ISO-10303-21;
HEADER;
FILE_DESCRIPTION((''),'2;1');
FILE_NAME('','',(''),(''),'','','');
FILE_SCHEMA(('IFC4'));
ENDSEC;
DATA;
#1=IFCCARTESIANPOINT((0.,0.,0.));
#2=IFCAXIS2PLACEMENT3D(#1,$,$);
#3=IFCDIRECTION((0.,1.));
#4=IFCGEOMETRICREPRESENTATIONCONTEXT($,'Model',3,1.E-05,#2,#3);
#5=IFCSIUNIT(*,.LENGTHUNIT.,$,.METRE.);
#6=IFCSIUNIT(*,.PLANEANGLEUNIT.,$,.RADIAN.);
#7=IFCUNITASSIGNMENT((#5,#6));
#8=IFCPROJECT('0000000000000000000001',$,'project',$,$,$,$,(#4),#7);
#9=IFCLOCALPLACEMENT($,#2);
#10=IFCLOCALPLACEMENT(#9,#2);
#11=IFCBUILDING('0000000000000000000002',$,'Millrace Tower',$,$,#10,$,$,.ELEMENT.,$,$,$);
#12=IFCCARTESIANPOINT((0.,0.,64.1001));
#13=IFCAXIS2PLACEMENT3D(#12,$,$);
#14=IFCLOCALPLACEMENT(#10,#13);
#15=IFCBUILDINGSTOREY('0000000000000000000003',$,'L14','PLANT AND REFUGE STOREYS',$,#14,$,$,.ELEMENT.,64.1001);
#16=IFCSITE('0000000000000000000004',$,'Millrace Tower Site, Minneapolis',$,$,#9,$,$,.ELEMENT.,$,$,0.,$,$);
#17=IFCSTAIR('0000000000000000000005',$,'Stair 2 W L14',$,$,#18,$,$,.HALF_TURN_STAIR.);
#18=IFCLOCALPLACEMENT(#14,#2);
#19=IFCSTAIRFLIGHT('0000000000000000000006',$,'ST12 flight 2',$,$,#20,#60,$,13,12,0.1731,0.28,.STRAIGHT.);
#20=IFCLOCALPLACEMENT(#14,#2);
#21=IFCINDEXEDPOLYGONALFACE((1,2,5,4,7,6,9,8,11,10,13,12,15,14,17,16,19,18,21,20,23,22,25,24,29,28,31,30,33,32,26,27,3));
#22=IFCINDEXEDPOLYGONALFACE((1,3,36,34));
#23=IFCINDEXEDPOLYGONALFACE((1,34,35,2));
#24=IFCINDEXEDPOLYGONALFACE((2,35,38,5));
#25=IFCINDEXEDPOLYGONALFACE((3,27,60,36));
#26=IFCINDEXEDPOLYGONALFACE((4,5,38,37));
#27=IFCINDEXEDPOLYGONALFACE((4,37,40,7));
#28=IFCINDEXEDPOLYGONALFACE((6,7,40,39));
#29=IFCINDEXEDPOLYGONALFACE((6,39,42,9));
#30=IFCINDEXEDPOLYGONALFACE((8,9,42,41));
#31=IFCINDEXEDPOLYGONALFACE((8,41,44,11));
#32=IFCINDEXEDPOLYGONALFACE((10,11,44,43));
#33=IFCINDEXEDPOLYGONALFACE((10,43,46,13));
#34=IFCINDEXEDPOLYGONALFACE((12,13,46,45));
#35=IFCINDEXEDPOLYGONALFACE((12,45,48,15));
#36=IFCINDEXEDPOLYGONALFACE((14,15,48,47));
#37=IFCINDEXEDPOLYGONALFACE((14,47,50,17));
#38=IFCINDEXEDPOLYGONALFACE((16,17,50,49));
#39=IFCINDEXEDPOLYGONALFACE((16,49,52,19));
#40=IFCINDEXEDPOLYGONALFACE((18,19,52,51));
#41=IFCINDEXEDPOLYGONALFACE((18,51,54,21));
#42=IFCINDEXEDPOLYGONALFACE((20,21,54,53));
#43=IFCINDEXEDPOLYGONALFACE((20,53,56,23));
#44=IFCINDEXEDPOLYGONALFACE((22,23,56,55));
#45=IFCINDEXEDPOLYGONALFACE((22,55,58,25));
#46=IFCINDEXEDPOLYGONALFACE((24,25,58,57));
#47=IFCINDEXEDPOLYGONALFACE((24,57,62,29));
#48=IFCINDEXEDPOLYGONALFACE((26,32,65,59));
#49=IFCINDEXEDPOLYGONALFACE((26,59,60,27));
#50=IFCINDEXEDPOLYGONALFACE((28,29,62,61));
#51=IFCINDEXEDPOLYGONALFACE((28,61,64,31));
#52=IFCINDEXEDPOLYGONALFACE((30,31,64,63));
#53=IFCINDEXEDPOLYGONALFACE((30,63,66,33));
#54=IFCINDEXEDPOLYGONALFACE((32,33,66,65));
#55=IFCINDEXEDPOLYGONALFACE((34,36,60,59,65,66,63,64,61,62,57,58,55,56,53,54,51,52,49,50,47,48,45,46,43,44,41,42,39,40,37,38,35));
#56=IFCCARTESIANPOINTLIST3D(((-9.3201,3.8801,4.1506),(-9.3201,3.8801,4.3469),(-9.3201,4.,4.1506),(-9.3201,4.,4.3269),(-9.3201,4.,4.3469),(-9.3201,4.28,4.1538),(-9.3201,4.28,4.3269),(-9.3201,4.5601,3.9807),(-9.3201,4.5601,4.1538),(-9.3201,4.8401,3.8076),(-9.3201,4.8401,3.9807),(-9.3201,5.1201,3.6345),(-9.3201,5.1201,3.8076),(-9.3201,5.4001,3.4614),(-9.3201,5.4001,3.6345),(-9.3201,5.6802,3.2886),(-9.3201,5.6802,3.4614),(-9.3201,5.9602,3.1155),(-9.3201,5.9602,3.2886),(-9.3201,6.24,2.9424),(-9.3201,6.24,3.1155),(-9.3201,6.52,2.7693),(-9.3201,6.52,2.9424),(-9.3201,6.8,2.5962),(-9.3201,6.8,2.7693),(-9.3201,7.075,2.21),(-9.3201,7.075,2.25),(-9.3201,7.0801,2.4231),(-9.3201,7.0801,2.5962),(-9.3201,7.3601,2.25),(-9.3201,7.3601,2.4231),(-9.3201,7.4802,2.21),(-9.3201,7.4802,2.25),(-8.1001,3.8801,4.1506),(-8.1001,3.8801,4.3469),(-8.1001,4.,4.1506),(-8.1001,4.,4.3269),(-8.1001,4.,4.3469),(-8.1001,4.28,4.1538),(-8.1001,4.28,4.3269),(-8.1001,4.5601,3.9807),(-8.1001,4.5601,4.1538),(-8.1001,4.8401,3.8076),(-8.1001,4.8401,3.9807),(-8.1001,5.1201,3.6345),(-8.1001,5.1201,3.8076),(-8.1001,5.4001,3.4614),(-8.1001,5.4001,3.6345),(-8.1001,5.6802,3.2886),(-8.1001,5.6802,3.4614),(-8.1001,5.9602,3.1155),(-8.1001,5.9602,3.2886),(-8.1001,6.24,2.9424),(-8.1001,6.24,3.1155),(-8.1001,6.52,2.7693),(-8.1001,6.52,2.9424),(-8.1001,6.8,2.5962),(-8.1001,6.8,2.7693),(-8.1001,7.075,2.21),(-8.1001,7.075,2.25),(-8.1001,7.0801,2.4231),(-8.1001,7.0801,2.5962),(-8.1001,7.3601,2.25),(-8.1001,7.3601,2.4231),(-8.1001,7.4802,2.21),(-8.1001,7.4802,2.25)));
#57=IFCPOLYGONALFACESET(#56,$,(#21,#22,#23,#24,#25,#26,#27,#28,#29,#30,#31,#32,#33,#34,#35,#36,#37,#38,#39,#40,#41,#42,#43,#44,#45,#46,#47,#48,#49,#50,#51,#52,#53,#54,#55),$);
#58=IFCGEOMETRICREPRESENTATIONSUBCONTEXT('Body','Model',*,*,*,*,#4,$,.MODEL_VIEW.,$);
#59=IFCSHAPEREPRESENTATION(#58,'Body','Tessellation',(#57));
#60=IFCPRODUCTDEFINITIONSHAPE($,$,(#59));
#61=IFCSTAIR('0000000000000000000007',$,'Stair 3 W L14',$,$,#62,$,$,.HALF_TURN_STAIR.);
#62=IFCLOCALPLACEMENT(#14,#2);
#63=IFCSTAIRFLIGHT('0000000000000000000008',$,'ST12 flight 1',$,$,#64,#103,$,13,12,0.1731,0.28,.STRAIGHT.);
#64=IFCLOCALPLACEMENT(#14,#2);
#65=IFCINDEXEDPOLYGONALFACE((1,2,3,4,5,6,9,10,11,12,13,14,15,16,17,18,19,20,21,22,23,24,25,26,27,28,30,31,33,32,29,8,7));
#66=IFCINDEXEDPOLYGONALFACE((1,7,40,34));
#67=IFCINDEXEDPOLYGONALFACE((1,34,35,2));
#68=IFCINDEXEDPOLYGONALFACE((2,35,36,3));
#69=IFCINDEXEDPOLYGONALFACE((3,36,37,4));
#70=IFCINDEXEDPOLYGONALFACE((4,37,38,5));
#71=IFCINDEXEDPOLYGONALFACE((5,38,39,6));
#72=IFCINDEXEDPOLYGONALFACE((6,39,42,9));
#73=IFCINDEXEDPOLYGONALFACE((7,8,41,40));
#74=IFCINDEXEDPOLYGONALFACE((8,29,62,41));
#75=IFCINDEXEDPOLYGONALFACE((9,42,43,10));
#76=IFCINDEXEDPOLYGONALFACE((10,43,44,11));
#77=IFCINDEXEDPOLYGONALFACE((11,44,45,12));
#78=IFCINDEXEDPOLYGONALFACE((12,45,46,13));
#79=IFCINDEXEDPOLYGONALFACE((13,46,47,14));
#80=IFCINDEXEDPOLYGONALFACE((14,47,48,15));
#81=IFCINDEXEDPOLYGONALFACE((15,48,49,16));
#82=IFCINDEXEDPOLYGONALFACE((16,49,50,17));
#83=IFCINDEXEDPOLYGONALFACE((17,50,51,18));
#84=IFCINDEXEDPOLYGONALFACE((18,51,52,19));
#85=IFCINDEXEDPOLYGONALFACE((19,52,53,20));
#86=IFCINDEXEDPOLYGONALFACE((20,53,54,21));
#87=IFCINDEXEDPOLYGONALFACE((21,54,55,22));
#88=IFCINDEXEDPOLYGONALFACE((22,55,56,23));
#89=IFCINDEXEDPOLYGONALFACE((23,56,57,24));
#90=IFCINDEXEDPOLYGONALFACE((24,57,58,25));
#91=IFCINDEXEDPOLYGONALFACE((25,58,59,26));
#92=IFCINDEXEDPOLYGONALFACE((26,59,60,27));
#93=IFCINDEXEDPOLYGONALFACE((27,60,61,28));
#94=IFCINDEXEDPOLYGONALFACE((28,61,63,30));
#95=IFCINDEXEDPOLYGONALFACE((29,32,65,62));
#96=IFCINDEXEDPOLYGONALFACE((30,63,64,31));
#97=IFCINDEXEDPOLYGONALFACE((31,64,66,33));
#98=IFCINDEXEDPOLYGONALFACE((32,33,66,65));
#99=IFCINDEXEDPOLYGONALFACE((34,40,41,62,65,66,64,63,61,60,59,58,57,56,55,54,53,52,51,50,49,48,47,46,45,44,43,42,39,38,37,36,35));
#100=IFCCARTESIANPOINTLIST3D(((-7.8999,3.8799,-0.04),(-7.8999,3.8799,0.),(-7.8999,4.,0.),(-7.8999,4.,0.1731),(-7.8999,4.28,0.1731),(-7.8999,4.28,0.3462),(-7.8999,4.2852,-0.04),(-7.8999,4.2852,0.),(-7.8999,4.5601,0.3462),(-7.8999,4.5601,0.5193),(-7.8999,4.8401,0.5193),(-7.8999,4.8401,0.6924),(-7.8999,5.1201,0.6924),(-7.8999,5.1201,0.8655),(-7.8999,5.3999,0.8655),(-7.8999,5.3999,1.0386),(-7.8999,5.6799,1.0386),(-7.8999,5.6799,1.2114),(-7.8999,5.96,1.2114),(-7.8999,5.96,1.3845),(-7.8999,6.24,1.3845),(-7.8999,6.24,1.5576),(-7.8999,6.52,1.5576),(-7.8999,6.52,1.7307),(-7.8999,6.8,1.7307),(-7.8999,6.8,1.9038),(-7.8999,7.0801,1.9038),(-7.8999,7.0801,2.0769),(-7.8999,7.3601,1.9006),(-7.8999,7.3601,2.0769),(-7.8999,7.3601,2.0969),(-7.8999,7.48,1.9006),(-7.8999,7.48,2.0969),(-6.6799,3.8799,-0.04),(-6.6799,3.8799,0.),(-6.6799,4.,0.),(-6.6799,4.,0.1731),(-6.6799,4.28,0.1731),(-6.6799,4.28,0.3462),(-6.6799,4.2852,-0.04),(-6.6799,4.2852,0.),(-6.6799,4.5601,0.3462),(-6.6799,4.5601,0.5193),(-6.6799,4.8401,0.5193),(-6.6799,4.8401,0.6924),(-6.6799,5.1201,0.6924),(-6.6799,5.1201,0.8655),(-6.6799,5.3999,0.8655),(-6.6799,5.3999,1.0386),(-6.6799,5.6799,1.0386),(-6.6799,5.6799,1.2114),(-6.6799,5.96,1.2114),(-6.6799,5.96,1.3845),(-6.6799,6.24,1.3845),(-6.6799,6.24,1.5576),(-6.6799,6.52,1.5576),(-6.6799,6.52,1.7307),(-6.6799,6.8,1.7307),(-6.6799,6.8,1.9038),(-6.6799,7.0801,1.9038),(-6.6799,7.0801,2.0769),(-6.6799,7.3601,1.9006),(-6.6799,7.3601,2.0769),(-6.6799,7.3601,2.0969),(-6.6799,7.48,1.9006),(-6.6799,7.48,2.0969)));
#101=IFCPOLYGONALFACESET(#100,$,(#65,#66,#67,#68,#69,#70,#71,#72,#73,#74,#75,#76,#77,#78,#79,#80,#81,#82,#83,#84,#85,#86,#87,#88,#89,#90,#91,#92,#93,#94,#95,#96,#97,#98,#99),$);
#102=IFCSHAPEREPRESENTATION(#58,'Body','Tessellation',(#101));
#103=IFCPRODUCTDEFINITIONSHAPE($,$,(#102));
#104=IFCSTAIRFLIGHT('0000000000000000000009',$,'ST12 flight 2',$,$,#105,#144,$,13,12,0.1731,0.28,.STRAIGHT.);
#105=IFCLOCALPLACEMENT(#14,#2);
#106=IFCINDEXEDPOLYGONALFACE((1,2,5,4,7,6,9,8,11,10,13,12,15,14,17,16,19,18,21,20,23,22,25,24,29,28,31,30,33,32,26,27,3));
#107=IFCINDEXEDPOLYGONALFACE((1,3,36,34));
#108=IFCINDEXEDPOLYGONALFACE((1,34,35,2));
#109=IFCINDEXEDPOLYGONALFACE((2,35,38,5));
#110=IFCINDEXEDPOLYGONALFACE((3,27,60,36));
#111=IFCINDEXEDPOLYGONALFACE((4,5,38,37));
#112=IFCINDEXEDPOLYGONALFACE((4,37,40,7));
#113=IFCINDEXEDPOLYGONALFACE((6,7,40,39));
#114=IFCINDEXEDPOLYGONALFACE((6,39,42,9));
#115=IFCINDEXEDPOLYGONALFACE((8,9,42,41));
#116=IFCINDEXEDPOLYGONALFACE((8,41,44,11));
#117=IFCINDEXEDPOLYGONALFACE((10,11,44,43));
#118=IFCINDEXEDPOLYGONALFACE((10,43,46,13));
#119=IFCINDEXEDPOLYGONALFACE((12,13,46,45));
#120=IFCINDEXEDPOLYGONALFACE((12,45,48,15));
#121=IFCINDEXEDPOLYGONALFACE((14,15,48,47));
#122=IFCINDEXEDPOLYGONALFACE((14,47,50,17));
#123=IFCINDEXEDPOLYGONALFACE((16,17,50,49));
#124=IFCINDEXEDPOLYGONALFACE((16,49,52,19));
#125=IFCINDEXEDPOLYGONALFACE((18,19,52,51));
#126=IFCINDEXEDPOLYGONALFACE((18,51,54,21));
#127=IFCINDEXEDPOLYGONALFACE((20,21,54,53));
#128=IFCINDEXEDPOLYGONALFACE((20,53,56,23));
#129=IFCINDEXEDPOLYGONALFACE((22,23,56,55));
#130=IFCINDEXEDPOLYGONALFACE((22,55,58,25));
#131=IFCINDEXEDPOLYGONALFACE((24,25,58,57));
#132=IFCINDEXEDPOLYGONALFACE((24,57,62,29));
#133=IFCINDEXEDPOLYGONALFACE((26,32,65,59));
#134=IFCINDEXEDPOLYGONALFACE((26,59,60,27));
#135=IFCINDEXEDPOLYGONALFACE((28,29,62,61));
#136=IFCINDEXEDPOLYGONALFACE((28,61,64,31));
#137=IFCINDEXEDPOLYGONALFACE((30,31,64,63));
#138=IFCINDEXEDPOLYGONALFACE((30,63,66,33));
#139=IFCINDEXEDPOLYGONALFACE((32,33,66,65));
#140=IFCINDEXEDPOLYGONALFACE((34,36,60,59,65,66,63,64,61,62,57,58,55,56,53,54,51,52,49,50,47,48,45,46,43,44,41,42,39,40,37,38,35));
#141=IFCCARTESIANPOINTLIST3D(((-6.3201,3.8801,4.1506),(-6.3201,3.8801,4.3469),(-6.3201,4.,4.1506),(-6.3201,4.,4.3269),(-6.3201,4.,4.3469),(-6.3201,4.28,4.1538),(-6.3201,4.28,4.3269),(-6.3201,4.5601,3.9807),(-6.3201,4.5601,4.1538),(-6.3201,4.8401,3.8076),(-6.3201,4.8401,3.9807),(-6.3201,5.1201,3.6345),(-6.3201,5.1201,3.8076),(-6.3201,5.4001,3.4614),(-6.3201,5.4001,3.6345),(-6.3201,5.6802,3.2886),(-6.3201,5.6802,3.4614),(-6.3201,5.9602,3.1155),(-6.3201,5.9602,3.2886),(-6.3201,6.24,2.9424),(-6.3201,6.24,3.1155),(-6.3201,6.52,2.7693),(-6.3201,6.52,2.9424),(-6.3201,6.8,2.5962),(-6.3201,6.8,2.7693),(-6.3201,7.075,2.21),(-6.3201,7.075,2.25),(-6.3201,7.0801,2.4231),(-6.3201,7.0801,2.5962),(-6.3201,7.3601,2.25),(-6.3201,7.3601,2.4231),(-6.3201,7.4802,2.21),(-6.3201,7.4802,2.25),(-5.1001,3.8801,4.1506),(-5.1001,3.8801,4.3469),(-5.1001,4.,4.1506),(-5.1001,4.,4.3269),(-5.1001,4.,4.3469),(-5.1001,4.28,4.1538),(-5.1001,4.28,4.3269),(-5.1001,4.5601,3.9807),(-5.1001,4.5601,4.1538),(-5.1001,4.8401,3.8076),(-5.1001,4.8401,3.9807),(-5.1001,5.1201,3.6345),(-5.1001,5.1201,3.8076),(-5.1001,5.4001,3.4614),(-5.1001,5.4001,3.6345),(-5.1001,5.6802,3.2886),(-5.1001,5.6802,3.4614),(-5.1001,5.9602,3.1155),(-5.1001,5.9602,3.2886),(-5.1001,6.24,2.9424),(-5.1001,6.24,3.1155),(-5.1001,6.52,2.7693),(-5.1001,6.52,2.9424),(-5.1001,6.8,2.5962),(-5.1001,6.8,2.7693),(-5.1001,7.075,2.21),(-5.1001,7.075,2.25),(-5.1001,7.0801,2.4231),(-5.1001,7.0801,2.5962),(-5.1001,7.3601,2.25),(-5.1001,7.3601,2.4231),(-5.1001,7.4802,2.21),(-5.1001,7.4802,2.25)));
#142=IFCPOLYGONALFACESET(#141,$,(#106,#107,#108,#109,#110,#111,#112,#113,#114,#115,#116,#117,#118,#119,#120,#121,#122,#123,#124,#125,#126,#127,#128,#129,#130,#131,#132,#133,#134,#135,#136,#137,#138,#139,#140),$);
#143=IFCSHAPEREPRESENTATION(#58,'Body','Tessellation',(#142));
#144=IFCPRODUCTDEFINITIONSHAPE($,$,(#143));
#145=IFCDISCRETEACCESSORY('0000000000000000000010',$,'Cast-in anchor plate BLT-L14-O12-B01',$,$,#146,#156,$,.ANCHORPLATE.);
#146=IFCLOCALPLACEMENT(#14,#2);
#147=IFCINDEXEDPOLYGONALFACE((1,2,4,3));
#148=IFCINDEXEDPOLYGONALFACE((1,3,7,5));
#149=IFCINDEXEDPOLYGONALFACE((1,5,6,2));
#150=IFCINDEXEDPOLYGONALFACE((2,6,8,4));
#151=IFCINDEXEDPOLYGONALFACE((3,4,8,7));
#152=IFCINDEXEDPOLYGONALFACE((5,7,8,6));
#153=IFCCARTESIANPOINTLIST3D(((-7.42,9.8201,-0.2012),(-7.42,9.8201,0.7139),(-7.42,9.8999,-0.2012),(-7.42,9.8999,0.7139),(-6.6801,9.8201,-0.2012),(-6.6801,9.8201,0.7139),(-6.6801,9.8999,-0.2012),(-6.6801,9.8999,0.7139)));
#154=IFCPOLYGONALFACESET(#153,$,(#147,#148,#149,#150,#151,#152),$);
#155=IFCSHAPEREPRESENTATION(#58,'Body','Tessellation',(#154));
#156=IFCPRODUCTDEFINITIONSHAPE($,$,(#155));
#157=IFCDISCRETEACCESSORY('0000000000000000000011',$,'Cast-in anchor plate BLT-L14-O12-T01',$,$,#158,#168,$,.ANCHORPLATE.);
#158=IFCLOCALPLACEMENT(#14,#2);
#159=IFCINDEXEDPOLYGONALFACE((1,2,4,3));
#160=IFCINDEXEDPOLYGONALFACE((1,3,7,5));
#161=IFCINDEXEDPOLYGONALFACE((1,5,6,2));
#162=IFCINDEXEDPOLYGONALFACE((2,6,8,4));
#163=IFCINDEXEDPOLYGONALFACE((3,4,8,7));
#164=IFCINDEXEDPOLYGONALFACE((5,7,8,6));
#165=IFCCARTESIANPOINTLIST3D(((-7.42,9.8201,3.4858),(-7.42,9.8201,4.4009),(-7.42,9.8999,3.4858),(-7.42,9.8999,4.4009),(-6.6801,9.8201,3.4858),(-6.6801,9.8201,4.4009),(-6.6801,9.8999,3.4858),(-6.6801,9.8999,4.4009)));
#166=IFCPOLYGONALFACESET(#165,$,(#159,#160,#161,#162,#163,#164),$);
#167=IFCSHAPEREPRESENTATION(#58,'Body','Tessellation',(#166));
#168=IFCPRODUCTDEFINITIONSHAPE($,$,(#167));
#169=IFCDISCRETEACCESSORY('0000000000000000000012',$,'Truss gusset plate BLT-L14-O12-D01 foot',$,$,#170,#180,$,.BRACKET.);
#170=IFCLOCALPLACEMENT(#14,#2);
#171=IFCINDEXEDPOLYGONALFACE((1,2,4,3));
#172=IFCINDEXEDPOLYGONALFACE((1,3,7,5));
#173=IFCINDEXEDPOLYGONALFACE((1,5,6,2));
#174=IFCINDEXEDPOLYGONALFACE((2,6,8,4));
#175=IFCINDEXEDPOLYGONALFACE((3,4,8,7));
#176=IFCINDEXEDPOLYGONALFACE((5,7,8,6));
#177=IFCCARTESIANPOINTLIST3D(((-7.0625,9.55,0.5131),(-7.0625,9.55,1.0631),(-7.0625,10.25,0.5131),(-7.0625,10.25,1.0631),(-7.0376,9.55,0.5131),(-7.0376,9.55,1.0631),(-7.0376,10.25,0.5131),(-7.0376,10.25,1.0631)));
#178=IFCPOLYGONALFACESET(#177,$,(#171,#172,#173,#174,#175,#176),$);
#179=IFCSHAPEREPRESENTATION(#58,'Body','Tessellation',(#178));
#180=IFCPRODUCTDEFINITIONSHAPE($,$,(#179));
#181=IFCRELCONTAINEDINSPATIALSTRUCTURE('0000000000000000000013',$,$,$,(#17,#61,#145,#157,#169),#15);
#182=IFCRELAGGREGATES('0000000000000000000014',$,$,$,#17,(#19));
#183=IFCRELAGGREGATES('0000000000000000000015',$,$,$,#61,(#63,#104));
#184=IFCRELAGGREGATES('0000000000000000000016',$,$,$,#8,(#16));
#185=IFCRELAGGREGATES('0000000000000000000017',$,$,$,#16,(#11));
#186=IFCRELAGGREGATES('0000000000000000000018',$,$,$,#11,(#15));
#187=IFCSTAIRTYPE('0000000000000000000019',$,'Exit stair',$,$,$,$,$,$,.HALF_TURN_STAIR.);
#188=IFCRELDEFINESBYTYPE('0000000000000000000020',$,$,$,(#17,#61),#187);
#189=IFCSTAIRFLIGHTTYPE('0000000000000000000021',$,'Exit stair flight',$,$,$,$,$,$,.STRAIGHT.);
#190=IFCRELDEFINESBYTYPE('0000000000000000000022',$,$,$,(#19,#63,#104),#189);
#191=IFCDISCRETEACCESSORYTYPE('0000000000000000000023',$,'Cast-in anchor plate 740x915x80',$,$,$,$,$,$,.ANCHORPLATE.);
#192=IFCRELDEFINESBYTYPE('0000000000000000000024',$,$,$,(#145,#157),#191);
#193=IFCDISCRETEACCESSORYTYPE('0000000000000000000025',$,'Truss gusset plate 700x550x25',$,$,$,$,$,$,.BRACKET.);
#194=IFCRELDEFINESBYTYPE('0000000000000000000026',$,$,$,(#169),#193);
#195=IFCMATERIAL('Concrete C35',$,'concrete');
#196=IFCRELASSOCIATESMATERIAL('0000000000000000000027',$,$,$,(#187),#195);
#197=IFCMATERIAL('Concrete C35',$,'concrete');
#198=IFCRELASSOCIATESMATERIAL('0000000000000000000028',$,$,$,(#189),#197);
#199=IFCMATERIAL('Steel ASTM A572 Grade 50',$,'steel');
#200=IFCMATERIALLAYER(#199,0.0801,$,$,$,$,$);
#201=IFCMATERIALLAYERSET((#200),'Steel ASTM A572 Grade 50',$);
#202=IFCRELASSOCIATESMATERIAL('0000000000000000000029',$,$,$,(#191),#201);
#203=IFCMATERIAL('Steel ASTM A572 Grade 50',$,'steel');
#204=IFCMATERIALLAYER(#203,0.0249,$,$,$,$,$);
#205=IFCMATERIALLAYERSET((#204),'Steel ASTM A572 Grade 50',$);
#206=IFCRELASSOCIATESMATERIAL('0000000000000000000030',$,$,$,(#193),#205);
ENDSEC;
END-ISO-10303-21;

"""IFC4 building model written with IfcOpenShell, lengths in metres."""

from ifc_helpers import new_model, si_unit, direction, frame, origin, origin_2d, place, context, subcontext, project, spatial, polyline, rectangle, outline, extrude, material, layer, layer_set, type_object, element, aggregate, save


model = new_model("IFC4")

# Units and contexts
model_context = context("Model", 3, precision=1e-05, world=origin(), true_north=direction((0.0, 1.0)))
body_context = subcontext(model_context, "Body", "Model", "MODEL_VIEW")
ifc_project = project(units=[si_unit("LENGTHUNIT", "METRE"), si_unit("PLANEANGLEUNIT", "RADIAN")], contexts=[model_context])

# Site, building, storey
site_placement = place(None, origin())
site = spatial("IfcSite", under=ifc_project, at=site_placement, Name="Millrace Tower Site, Minneapolis", CompositionType="ELEMENT", RefElevation=0.0)
building_placement = place(site_placement, origin())
building = spatial("IfcBuilding", under=site, at=building_placement, Name="Millrace Tower", CompositionType="ELEMENT")
storey_placement = place(building_placement, frame((0.0, 0.0, 64.1001)))
storey = spatial("IfcBuildingStorey", under=building, at=storey_placement, Name="L14", Description="PLANT AND REFUGE STOREYS", CompositionType="ELEMENT", Elevation=64.1001)

# Shared definitions
placement = place(storey_placement, origin())

# Stairs, stair flights
ifc_material_1 = material(Name="Concrete C35", Category="concrete")
stair_type = type_object("IfcStairType", Name="Exit stair", PredefinedType="HALF_TURN_STAIR", material=ifc_material_1)
stair_1 = element("IfcStair", 1, at=placement, inside=storey, type_object=stair_type, Name="Stair 2 W L14", PredefinedType="HALF_TURN_STAIR")
ifc_material_2 = material(Name="Concrete C35", Category="concrete")
stair_flight_type = type_object("IfcStairFlightType", Name="Exit stair flight", PredefinedType="STRAIGHT", material=ifc_material_2)
stair_flight_1_placement = place(storey_placement, frame((-8.71, 7.3601, 2.25), z_axis=(0.0, 0.0, 1.0), x_axis=(0.0, -1.0, 0.0)))
stair_flight_1 = element("IfcStairFlight", 2, at=stair_flight_1_placement, type_object=stair_flight_type, Name="ST12 flight 2", NumberOfRisers=13, NumberOfTreads=12, PredefinedType="STRAIGHT", RiserHeight=0.1731, TreadLength=0.28, context=body_context, shape_type="SweptSolid", body=[
    extrude(outline(polyline([(-0.1201, -0.04), (-0.1201, 0.0), (0.0, 0.0), (0.0, 0.1731), (0.28, 0.1731), (0.28, 0.3462), (0.5601, 0.3462), (0.5601, 0.5193), (0.8401, 0.5193), (0.8401, 0.6924), (1.1201, 0.6924), (1.1201, 0.8655), (1.3999, 0.8655), (1.3999, 1.0386), (1.6799, 1.0386), (1.6799, 1.2114), (1.96, 1.2114), (1.96, 1.3845), (2.24, 1.3845), (2.24, 1.5576), (2.52, 1.5576), (2.52, 1.7307), (2.8, 1.7307), (2.8, 1.9038), (3.0801, 1.9038), (3.0801, 2.0769), (3.3601, 2.0769), (3.3601, 2.0969), (3.48, 2.0969), (3.48, 1.9006), (3.3601, 1.9006), (0.2852, 0.0), (0.2852, -0.04), (-0.1201, -0.04)])), frame((0.0, 0.6099, 0.0), z_axis=(0.0, -1.0, 0.0), x_axis=(1.0, 0.0, 0.0)), (0.0, 0.0, 1.0), 1.22),
])
aggregate(stair_1, [stair_flight_1])
stair_2 = element("IfcStair", 3, at=placement, inside=storey, type_object=stair_type, Name="Stair 3 W L14", PredefinedType="HALF_TURN_STAIR")
stair_flight_2_placement = place(storey_placement, frame((-7.29, 4.0, 0.0), z_axis=(0.0, 0.0, 1.0), x_axis=(0.0, 1.0, 0.0)))
stair_flight_2 = element("IfcStairFlight", 4, at=stair_flight_2_placement, type_object=stair_flight_type, Name="ST12 flight 1", NumberOfRisers=13, NumberOfTreads=12, PredefinedType="STRAIGHT", RiserHeight=0.1731, TreadLength=0.28, context=body_context, shape_type="SweptSolid", body=[
    extrude(outline(polyline([(-0.1201, -0.04), (-0.1201, 0.0), (0.0, 0.0), (0.0, 0.1731), (0.28, 0.1731), (0.28, 0.3462), (0.5601, 0.3462), (0.5601, 0.5193), (0.8401, 0.5193), (0.8401, 0.6924), (1.1201, 0.6924), (1.1201, 0.8655), (1.3999, 0.8655), (1.3999, 1.0386), (1.6799, 1.0386), (1.6799, 1.2114), (1.96, 1.2114), (1.96, 1.3845), (2.24, 1.3845), (2.24, 1.5576), (2.52, 1.5576), (2.52, 1.7307), (2.8, 1.7307), (2.8, 1.9038), (3.0801, 1.9038), (3.0801, 2.0769), (3.3601, 2.0769), (3.3601, 2.0969), (3.48, 2.0969), (3.48, 1.9006), (3.3601, 1.9006), (0.2852, 0.0), (0.2852, -0.04), (-0.1201, -0.04)])), frame((0.0, 0.6099, 0.0), z_axis=(0.0, -1.0, 0.0), x_axis=(1.0, 0.0, 0.0)), (0.0, 0.0, 1.0), 1.22),
])
stair_flight_3_placement = place(storey_placement, frame((-5.71, 7.3601, 2.25), z_axis=(0.0, 0.0, 1.0), x_axis=(0.0, -1.0, 0.0)))
stair_flight_3 = element("IfcStairFlight", 5, at=stair_flight_3_placement, type_object=stair_flight_type, Name="ST12 flight 2", NumberOfRisers=13, NumberOfTreads=12, PredefinedType="STRAIGHT", RiserHeight=0.1731, TreadLength=0.28, context=body_context, shape_type="SweptSolid", body=[
    extrude(outline(polyline([(-0.1201, -0.04), (-0.1201, 0.0), (0.0, 0.0), (0.0, 0.1731), (0.28, 0.1731), (0.28, 0.3462), (0.5601, 0.3462), (0.5601, 0.5193), (0.8401, 0.5193), (0.8401, 0.6924), (1.1201, 0.6924), (1.1201, 0.8655), (1.3999, 0.8655), (1.3999, 1.0386), (1.6799, 1.0386), (1.6799, 1.2114), (1.96, 1.2114), (1.96, 1.3845), (2.24, 1.3845), (2.24, 1.5576), (2.52, 1.5576), (2.52, 1.7307), (2.8, 1.7307), (2.8, 1.9038), (3.0801, 1.9038), (3.0801, 2.0769), (3.3601, 2.0769), (3.3601, 2.0969), (3.48, 2.0969), (3.48, 1.9006), (3.3601, 1.9006), (0.2852, 0.0), (0.2852, -0.04), (-0.1201, -0.04)])), frame((0.0, 0.6099, 0.0), z_axis=(0.0, -1.0, 0.0), x_axis=(1.0, 0.0, 0.0)), (0.0, 0.0, 1.0), 1.22),
])
aggregate(stair_2, [stair_flight_2, stair_flight_3])

# Discrete accessories
ifc_material_3 = material(Name="Steel ASTM A572 Grade 50", Category="steel")
ifc_layer_1 = layer(ifc_material_3, 0.0801)
ifc_layer_set_1 = layer_set([ifc_layer_1], Name="Steel ASTM A572 Grade 50")
discrete_accessory_type_1 = type_object("IfcDiscreteAccessoryType", Name="Cast-in anchor plate 740x915x80", PredefinedType="ANCHORPLATE", material=ifc_layer_set_1)
for number, where, z_axis, x_axis, name in (
    (6, (-7.05, 9.8201, 0.2563), (0.0, 1.0, 0.0), (-1.0, 0.0, 0.0), "Cast-in anchor plate BLT-L14-O12-B01"),
    (7, (-7.05, 9.8201, 3.9434), (0.0, 1.0, 0.0), (-1.0, 0.0, 0.0), "Cast-in anchor plate BLT-L14-O12-T01"),
):
    element("IfcDiscreteAccessory", number, at=place(storey_placement, frame(where, z_axis=z_axis, x_axis=x_axis)), inside=storey, type_object=discrete_accessory_type_1, Name=name, PredefinedType="ANCHORPLATE", context=body_context, shape_type="SweptSolid", body=[
        extrude(rectangle(XDim=0.74, YDim=0.915, at=origin_2d()), origin(), (0.0, 0.0, 1.0), 0.0798),
    ])
ifc_material_4 = material(Name="Steel ASTM A572 Grade 50", Category="steel")
ifc_layer_2 = layer(ifc_material_4, 0.0249)
ifc_layer_set_2 = layer_set([ifc_layer_2], Name="Steel ASTM A572 Grade 50")
discrete_accessory_type_2 = type_object("IfcDiscreteAccessoryType", Name="Truss gusset plate 700x550x25", PredefinedType="BRACKET", material=ifc_layer_set_2)
discrete_accessory_placement = place(storey_placement, frame((-7.05, 9.55, 0.7881), z_axis=(0.0, 1.0, 0.0), x_axis=(-1.0, 0.0, 0.0)))
element("IfcDiscreteAccessory", 8, at=discrete_accessory_placement, inside=storey, type_object=discrete_accessory_type_2, Name="Truss gusset plate BLT-L14-O12-D01 foot", PredefinedType="BRACKET", context=body_context, shape_type="SweptSolid", body=[
    extrude(rectangle(XDim=0.0249, YDim=0.55, at=origin_2d()), origin(), (0.0, 0.0, 1.0), 0.7),
])

save(model, "model.ifc")
